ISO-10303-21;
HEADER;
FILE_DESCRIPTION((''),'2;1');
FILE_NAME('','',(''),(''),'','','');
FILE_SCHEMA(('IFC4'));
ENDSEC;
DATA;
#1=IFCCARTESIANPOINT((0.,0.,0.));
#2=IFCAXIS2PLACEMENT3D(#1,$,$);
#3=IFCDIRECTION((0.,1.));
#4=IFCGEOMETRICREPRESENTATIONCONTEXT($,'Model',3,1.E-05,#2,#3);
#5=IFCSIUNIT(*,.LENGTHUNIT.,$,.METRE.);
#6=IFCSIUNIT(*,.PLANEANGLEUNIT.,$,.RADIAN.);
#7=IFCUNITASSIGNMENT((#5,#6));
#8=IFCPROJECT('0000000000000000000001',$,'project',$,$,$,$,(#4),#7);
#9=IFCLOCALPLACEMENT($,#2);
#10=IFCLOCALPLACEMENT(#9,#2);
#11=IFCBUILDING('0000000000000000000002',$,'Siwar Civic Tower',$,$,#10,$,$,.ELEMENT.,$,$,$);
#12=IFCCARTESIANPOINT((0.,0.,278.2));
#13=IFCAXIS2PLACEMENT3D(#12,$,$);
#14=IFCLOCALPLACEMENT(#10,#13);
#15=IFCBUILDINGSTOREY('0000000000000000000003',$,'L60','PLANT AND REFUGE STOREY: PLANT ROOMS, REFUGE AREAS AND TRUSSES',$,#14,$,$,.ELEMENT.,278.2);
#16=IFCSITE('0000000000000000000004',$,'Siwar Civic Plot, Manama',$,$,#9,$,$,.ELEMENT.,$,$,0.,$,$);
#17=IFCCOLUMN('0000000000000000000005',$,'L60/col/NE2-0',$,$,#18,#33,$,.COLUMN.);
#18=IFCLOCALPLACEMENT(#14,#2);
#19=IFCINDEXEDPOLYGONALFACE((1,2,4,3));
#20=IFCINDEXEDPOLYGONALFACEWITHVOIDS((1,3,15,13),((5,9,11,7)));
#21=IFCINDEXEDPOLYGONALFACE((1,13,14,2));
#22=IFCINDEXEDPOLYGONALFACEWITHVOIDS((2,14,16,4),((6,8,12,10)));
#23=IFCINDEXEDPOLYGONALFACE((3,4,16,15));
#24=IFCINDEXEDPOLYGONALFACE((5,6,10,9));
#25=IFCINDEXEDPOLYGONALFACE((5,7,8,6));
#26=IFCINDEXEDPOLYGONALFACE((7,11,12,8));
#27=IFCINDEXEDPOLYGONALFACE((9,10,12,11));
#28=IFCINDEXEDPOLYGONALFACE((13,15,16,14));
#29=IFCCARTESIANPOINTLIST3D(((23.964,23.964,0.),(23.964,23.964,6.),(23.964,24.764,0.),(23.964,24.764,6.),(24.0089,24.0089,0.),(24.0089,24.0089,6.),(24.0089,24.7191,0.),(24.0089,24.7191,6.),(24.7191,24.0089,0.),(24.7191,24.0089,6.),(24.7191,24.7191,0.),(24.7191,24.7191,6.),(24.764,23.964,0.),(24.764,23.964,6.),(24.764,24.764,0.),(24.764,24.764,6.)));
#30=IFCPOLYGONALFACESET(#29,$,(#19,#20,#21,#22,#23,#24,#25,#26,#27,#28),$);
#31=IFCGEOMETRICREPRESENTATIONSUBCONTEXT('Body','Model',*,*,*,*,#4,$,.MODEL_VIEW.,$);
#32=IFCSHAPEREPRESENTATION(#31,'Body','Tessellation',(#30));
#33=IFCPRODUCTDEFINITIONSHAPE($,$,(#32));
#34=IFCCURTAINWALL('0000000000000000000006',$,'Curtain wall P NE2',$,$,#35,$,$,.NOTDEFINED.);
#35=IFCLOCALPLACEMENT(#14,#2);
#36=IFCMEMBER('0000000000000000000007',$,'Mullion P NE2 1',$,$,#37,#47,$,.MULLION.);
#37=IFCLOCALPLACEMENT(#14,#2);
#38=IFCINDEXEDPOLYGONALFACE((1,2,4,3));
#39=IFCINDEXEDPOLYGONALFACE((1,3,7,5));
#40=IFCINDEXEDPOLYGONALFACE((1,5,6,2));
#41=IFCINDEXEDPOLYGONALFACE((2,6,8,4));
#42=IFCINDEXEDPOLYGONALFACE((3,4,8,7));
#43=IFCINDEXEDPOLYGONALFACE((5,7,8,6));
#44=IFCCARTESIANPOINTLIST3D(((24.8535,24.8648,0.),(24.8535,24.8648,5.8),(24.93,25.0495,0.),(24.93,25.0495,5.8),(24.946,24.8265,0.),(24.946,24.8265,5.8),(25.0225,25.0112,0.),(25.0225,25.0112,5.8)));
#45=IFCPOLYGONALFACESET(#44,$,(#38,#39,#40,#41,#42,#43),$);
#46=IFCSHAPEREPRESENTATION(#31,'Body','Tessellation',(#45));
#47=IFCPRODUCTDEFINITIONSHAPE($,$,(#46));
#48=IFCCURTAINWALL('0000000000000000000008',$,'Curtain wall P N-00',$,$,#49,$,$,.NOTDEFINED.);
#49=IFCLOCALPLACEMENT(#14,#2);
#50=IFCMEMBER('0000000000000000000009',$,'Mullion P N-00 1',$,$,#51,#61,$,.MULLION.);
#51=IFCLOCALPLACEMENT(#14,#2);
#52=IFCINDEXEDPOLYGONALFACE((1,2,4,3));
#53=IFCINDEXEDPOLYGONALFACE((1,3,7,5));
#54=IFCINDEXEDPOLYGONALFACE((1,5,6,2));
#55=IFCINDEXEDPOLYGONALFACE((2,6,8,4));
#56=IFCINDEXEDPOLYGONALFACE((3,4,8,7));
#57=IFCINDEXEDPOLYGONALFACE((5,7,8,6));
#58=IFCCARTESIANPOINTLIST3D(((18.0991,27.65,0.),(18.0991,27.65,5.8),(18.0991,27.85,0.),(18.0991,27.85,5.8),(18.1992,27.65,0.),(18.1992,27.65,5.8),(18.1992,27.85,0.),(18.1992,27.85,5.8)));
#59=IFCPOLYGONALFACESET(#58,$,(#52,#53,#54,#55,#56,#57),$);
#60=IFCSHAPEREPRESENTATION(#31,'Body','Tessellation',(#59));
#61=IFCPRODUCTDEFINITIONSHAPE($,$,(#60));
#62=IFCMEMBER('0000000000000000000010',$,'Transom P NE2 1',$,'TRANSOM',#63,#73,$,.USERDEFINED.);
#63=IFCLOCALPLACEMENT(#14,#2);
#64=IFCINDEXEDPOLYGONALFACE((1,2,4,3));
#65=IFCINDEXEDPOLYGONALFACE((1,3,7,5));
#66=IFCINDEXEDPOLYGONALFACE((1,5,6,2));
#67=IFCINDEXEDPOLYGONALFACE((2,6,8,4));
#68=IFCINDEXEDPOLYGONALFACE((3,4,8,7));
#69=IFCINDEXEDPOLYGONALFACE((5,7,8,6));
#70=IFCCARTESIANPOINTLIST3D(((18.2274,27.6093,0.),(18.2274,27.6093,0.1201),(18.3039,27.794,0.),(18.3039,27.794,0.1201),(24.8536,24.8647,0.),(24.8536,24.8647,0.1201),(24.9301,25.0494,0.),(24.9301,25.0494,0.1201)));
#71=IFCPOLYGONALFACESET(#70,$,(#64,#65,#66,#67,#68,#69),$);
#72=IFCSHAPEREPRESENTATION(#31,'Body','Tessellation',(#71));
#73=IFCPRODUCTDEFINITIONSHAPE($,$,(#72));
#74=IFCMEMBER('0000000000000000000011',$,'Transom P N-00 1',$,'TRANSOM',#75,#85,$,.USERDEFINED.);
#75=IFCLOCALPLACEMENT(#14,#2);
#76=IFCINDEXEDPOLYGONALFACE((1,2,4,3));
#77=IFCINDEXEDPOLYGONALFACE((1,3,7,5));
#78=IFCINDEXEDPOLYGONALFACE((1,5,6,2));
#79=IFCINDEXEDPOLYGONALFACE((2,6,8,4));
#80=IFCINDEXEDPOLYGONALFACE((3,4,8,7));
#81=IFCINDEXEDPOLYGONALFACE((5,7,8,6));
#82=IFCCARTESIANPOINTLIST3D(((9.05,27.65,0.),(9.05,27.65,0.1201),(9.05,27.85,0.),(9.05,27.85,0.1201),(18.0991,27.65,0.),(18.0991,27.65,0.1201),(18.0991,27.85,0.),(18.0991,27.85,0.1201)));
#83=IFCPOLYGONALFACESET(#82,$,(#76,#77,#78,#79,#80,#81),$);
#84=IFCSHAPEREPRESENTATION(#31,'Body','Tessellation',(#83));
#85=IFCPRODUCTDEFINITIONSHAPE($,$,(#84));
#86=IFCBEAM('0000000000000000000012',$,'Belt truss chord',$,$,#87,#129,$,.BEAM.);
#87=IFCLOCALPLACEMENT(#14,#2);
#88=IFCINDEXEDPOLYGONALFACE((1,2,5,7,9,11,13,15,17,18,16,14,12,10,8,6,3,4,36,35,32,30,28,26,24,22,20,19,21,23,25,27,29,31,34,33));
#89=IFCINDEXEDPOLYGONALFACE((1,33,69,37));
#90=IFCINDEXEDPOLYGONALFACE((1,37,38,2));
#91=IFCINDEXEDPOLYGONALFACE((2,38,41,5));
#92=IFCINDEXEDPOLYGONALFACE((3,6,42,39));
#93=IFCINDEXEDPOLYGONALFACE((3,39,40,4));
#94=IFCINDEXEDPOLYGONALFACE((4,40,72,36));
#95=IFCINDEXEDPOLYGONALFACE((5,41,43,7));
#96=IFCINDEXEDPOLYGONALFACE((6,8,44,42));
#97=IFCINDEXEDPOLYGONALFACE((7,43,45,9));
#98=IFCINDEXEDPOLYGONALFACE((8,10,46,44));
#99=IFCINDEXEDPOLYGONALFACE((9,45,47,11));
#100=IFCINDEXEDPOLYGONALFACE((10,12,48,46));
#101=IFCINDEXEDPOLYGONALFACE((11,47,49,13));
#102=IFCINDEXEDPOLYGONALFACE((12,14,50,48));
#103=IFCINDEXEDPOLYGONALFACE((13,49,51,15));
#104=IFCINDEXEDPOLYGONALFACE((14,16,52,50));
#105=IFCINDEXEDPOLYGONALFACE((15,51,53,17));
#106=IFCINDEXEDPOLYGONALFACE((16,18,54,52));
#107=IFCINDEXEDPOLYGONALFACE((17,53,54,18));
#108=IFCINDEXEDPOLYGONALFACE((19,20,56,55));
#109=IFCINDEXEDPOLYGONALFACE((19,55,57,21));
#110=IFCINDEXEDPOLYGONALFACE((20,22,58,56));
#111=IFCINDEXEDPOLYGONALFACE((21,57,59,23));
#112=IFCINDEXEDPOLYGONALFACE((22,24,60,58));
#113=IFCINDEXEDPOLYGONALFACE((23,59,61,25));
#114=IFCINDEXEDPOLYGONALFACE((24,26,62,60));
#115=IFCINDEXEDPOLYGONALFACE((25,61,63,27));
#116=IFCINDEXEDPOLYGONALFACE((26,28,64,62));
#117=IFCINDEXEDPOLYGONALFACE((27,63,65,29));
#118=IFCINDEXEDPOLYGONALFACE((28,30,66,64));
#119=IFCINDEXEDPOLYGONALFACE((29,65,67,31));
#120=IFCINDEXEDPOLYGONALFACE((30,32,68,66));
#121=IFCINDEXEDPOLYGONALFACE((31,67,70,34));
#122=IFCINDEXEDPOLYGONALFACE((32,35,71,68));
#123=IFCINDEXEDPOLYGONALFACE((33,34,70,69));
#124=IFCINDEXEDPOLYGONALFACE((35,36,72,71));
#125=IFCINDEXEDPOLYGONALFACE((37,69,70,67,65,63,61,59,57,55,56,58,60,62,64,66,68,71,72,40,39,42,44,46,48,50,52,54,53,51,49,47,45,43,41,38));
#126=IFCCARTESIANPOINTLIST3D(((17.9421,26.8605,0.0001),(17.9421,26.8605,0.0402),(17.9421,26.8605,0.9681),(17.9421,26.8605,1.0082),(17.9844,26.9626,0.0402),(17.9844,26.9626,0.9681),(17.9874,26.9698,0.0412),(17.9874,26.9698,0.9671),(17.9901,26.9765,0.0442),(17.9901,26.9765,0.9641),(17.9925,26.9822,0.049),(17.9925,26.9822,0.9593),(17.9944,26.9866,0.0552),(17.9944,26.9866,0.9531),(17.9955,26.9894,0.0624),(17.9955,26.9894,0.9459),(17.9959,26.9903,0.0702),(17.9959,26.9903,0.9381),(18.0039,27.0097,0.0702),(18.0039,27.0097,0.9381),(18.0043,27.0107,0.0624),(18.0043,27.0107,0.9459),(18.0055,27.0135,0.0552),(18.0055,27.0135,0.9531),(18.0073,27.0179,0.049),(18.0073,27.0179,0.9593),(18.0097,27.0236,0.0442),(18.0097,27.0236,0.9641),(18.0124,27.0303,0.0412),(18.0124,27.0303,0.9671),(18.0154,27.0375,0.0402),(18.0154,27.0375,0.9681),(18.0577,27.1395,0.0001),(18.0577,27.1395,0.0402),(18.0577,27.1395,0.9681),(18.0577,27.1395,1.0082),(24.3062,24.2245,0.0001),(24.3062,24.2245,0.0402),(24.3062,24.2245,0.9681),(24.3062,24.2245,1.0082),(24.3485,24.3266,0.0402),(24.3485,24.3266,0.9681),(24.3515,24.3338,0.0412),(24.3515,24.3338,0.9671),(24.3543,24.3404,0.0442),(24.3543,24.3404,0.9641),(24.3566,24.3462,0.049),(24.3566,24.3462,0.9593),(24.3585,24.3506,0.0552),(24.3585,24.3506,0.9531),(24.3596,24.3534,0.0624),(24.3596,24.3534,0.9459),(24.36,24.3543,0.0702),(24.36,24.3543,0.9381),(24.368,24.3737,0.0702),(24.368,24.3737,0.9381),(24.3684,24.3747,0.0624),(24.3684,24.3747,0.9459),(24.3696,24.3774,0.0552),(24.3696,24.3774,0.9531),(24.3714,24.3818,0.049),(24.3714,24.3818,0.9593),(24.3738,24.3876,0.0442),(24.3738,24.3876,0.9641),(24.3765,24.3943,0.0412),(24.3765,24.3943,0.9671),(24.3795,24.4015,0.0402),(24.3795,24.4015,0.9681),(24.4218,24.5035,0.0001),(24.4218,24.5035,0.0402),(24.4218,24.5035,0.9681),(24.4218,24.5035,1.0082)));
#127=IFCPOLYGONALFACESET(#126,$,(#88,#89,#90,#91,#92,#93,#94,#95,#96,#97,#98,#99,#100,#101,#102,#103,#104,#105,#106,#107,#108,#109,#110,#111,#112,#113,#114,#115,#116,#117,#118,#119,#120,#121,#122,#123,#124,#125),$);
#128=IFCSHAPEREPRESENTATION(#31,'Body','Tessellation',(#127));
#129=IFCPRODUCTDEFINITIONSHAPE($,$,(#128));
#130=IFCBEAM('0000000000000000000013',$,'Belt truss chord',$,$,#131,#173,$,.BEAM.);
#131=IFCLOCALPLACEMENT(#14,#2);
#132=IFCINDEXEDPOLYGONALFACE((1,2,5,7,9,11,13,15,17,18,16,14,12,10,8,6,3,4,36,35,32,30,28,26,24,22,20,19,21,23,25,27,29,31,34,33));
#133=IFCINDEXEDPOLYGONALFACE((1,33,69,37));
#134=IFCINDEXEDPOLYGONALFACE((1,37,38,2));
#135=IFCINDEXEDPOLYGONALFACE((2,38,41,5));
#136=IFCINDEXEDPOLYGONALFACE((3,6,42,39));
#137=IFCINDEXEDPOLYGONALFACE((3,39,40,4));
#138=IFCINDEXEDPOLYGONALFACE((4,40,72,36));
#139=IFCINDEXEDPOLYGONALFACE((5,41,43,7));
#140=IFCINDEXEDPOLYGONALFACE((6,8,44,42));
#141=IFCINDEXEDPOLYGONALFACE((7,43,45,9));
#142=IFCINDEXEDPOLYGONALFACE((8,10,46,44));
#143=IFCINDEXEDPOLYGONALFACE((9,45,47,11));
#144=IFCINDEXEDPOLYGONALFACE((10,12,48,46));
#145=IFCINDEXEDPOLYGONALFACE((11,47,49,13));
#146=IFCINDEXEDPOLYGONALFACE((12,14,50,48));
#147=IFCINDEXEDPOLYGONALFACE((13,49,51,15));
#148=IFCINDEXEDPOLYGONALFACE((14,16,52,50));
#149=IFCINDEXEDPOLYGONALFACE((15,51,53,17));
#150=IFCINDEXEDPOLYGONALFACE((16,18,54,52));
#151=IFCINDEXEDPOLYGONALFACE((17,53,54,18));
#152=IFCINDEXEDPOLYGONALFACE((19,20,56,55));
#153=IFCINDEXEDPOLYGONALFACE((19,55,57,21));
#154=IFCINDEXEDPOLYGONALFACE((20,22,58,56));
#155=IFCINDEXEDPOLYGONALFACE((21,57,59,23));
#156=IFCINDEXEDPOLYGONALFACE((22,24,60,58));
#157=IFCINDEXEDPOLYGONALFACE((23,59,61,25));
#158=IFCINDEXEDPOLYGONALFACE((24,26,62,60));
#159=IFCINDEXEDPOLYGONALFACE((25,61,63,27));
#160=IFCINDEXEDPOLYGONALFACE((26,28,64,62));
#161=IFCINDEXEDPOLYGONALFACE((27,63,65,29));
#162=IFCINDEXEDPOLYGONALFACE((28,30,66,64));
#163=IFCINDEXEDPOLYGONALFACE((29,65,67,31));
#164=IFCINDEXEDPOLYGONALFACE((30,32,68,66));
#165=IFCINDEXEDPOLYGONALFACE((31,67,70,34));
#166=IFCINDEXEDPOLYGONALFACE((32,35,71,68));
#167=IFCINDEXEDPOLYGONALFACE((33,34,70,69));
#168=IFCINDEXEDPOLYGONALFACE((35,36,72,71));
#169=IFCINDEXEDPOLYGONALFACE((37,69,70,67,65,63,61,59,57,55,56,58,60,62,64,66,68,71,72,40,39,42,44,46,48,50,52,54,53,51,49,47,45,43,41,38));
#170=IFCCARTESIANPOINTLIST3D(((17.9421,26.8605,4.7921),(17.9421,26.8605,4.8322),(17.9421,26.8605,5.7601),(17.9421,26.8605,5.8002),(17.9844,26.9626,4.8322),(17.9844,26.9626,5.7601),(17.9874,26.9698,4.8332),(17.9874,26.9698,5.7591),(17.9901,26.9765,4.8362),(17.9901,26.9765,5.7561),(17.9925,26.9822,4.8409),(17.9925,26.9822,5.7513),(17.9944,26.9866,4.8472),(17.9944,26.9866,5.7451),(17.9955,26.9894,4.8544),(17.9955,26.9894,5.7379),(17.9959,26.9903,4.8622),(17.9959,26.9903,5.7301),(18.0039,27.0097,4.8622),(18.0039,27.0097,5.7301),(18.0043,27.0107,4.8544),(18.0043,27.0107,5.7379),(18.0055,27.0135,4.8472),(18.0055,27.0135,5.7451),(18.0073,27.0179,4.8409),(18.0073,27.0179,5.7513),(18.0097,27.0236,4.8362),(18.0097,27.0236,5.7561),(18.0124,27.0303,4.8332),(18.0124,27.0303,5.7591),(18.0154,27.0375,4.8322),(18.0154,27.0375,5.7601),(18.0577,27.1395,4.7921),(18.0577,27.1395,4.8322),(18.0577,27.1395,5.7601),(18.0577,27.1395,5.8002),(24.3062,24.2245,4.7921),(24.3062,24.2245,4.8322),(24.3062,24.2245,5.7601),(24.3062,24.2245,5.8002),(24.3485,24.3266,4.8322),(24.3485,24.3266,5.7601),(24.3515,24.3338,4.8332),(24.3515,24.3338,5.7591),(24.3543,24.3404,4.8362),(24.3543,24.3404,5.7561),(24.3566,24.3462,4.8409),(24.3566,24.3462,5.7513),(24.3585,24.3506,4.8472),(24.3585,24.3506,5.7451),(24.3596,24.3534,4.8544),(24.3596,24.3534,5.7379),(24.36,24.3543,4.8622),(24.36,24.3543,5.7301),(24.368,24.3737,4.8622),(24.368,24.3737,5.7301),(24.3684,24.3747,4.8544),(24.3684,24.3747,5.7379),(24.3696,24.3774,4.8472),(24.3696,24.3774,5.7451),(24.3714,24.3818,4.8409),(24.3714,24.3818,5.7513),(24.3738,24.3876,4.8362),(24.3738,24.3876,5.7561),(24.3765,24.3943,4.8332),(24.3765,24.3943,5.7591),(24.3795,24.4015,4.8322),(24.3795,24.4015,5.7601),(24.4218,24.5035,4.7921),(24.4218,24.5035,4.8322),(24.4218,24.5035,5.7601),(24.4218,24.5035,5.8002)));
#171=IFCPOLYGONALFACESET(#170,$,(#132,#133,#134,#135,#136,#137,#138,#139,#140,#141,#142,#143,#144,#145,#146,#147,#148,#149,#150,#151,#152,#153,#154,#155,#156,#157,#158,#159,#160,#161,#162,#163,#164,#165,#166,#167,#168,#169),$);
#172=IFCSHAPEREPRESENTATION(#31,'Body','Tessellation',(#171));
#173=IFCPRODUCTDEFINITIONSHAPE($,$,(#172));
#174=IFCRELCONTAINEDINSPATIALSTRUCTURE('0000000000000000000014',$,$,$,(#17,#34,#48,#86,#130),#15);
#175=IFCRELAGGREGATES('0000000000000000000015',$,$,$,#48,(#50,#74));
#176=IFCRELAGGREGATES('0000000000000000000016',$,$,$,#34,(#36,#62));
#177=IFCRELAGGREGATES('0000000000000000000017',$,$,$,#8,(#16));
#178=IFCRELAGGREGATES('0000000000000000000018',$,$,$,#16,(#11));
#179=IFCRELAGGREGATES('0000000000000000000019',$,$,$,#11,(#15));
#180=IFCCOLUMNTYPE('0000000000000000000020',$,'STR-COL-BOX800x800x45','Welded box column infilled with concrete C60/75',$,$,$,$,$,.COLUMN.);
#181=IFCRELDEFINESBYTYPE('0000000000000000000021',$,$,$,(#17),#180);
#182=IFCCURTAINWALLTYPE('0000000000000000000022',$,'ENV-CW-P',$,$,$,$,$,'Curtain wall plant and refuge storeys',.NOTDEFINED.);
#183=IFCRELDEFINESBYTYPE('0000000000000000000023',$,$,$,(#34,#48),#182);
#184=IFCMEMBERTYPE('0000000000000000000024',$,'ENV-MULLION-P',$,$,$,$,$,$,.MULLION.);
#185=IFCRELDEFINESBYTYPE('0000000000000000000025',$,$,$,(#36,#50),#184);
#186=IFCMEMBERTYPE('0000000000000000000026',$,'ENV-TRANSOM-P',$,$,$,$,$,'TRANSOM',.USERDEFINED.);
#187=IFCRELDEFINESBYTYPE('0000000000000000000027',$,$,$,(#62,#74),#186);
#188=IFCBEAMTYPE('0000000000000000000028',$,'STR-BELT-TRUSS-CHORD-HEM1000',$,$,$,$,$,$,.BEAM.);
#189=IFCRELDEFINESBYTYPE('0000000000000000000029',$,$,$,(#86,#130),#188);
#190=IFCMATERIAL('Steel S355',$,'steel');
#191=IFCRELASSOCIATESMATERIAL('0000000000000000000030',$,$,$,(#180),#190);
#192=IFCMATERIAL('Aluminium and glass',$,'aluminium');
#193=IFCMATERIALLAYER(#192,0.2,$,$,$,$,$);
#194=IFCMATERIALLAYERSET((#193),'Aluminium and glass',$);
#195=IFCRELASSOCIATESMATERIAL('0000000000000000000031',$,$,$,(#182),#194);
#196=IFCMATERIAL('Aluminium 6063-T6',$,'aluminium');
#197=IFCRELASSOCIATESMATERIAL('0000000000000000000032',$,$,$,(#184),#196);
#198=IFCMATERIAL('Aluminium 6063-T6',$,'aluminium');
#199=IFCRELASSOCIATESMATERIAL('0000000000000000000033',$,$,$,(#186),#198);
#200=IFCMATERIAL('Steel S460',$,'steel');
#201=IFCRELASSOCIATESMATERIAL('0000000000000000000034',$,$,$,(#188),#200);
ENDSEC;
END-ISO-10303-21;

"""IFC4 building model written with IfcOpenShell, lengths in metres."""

from ifc_helpers import new_model, si_unit, direction, frame, origin, origin_2d, place, context, subcontext, project, spatial, rectangle, hollow_rectangle, i_section, extrude, material, layer, layer_set, material_profile, profile_set, type_object, element, aggregate, save


model = new_model("IFC4")

# Units and contexts
model_context = context("Model", 3, precision=1e-05, world=origin(), true_north=direction((0.0, 1.0)))
body_context = subcontext(model_context, "Body", "Model", "MODEL_VIEW")
ifc_project = project(units=[si_unit("LENGTHUNIT", "METRE"), si_unit("PLANEANGLEUNIT", "RADIAN")], contexts=[model_context])

# Site, building, storey
site_placement = place(None, origin())
site = spatial("IfcSite", under=ifc_project, at=site_placement, Name="Siwar Civic Plot, Manama", CompositionType="ELEMENT", RefElevation=0.0)
building_placement = place(site_placement, origin())
building = spatial("IfcBuilding", under=site, at=building_placement, Name="Siwar Civic Tower", CompositionType="ELEMENT")
storey_placement = place(building_placement, frame((0.0, 0.0, 278.2)))
storey = spatial("IfcBuildingStorey", under=building, at=storey_placement, Name="L60", Description="PLANT AND REFUGE STOREY: PLANT ROOMS, REFUGE AREAS AND TRUSSES", CompositionType="ELEMENT", Elevation=278.2)

# Column
ifc_material_1 = material(Name="Steel S355", Category="steel")
ifc_material_profile_1 = material_profile(ifc_material_1, hollow_rectangle(XDim=0.8, YDim=0.8, WallThickness=0.0449, at=origin_2d()), Name="BOX800x800x45")
ifc_profile_set_1 = profile_set([ifc_material_profile_1], Name="Steel S355")
column_type = type_object("IfcColumnType", Name="STR-COL-BOX800x800x45", Description="Welded box column infilled with concrete C60/75", PredefinedType="COLUMN", material=ifc_profile_set_1)
column_placement = place(storey_placement, frame((24.364, 24.364, 0.0), z_axis=(0.0, 0.0, 1.0), x_axis=(1.0, 0.0, 0.0)))
element("IfcColumn", 1, at=column_placement, inside=storey, type_object=column_type, Name="L60/col/NE2-0", PredefinedType="COLUMN", context=body_context, shape_type="SweptSolid", body=[
    extrude(hollow_rectangle(XDim=0.8, YDim=0.8, WallThickness=0.0449, at=origin_2d()), origin(), (0.0, 0.0, 1.0), 6.0),
])

# Curtain walls, members
ifc_material_2 = material(Name="Aluminium and glass", Category="aluminium")
ifc_layer_1 = layer(ifc_material_2, 0.2)
ifc_layer_set_1 = layer_set([ifc_layer_1], Name="Aluminium and glass")
curtain_wall_type = type_object("IfcCurtainWallType", Name="ENV-CW-P", ElementType="Curtain wall plant and refuge storeys", PredefinedType="NOTDEFINED", material=ifc_layer_set_1)
curtain_wall_1_placement = place(storey_placement, origin())
curtain_wall_1 = element("IfcCurtainWall", 2, at=curtain_wall_1_placement, inside=storey, type_object=curtain_wall_type, Name="Curtain wall P NE2", PredefinedType="NOTDEFINED")
ifc_material_3 = material(Name="Aluminium 6063-T6", Category="aluminium")
ifc_material_profile_2 = material_profile(ifc_material_3, rectangle(XDim=0.2, YDim=0.1001, at=origin_2d()), Name="AL 200x100")
ifc_profile_set_2 = profile_set([ifc_material_profile_2], Name="Aluminium 6063-T6")
member_type_1 = type_object("IfcMemberType", Name="ENV-MULLION-P", PredefinedType="MULLION", material=ifc_profile_set_2)
member_1_placement = place(storey_placement, frame((24.938, 24.938, 0.0), z_axis=(0.0, 0.0, 1.0), x_axis=(-0.382683, -0.92388, 0.0)))
member_1 = element("IfcMember", 3, at=member_1_placement, type_object=member_type_1, Name="Mullion P NE2 1", PredefinedType="MULLION", context=body_context, shape_type="SweptSolid", body=[
    extrude(rectangle(XDim=0.2, YDim=0.1001, at=origin_2d()), origin(), (0.0, 0.0, 1.0), 5.8),
])
curtain_wall_2_placement = place(storey_placement, origin())
curtain_wall_2 = element("IfcCurtainWall", 4, at=curtain_wall_2_placement, inside=storey, type_object=curtain_wall_type, Name="Curtain wall P N-00", PredefinedType="NOTDEFINED")
member_2_placement = place(storey_placement, frame((18.1492, 27.75, 0.0), z_axis=(0.0, 0.0, 1.0), x_axis=(0.0, -1.0, 0.0)))
member_2 = element("IfcMember", 5, at=member_2_placement, type_object=member_type_1, Name="Mullion P N-00 1", PredefinedType="MULLION", context=body_context, shape_type="SweptSolid", body=[
    extrude(rectangle(XDim=0.2, YDim=0.1001, at=origin_2d()), origin(), (0.0, 0.0, 1.0), 5.8),
])

# Members
ifc_material_4 = material(Name="Aluminium 6063-T6", Category="aluminium")
ifc_material_profile_3 = material_profile(ifc_material_4, rectangle(XDim=0.2, YDim=0.1201, at=origin_2d()), Name="AL 200x120")
ifc_profile_set_3 = profile_set([ifc_material_profile_3], Name="Aluminium 6063-T6")
member_type_2 = type_object("IfcMemberType", Name="ENV-TRANSOM-P", ElementType="TRANSOM", PredefinedType="USERDEFINED", material=ifc_profile_set_3)
member_3_placement = place(storey_placement, frame((24.8918, 24.957, 0.0601), z_axis=(-0.923882, 0.382678, 0.0), x_axis=(-0.382678, -0.923882, 0.0)))
member_3 = element("IfcMember", 6, at=member_3_placement, type_object=member_type_2, Name="Transom P NE2 1", ObjectType="TRANSOM", PredefinedType="USERDEFINED", context=body_context, shape_type="SweptSolid", body=[
    extrude(rectangle(XDim=0.2, YDim=0.1201, at=origin_2d()), origin(), (0.0, 0.0, 1.0), 7.1721),
])
member_4_placement = place(storey_placement, frame((18.0991, 27.75, 0.0601), z_axis=(-1.0, 0.0, 0.0), x_axis=(0.0, -1.0, 0.0)))
member_4 = element("IfcMember", 7, at=member_4_placement, type_object=member_type_2, Name="Transom P N-00 1", ObjectType="TRANSOM", PredefinedType="USERDEFINED", context=body_context, shape_type="SweptSolid", body=[
    extrude(rectangle(XDim=0.2, YDim=0.1201, at=origin_2d()), origin(), (0.0, 0.0, 1.0), 9.0491),
])
aggregate(curtain_wall_2, [member_2, member_4])

# Beams
ifc_material_5 = material(Name="Steel S460", Category="steel")
ifc_material_profile_4 = material_profile(ifc_material_5, i_section(OverallWidth=0.302, OverallDepth=1.0081, WebThickness=0.021, FlangeThickness=0.04, FilletRadius=0.03, at=origin_2d()), Name="HEM1000")
ifc_profile_set_4 = profile_set([ifc_material_profile_4], Name="Steel S460")
beam_type_1 = type_object("IfcBeamType", Name="STR-BELT-TRUSS-CHORD-HEM1000", PredefinedType="BEAM", material=ifc_profile_set_4)
for number, where, z_axis, x_axis, name in (
    (8, (24.364, 24.364, 0.5042), (-0.923883, 0.382674, 0.0), (-0.382674, -0.923883, 0.0), "Belt truss chord"),
    (9, (24.364, 24.364, 5.2961), (-0.923883, 0.382674, 0.0), (-0.382674, -0.923883, 0.0), "Belt truss chord"),
):
    element("IfcBeam", number, at=place(storey_placement, frame(where, z_axis=z_axis, x_axis=x_axis)), inside=storey, type_object=beam_type_1, Name=name, PredefinedType="BEAM", context=body_context, shape_type="SweptSolid", body=[
        extrude(i_section(OverallWidth=0.302, OverallDepth=1.0081, WebThickness=0.021, FlangeThickness=0.04, FilletRadius=0.03, at=origin_2d()), origin(), (0.0, 0.0, 1.0), 6.8884),
    ])

aggregate(curtain_wall_1, [member_1, member_3])

save(model, "model.ifc")
